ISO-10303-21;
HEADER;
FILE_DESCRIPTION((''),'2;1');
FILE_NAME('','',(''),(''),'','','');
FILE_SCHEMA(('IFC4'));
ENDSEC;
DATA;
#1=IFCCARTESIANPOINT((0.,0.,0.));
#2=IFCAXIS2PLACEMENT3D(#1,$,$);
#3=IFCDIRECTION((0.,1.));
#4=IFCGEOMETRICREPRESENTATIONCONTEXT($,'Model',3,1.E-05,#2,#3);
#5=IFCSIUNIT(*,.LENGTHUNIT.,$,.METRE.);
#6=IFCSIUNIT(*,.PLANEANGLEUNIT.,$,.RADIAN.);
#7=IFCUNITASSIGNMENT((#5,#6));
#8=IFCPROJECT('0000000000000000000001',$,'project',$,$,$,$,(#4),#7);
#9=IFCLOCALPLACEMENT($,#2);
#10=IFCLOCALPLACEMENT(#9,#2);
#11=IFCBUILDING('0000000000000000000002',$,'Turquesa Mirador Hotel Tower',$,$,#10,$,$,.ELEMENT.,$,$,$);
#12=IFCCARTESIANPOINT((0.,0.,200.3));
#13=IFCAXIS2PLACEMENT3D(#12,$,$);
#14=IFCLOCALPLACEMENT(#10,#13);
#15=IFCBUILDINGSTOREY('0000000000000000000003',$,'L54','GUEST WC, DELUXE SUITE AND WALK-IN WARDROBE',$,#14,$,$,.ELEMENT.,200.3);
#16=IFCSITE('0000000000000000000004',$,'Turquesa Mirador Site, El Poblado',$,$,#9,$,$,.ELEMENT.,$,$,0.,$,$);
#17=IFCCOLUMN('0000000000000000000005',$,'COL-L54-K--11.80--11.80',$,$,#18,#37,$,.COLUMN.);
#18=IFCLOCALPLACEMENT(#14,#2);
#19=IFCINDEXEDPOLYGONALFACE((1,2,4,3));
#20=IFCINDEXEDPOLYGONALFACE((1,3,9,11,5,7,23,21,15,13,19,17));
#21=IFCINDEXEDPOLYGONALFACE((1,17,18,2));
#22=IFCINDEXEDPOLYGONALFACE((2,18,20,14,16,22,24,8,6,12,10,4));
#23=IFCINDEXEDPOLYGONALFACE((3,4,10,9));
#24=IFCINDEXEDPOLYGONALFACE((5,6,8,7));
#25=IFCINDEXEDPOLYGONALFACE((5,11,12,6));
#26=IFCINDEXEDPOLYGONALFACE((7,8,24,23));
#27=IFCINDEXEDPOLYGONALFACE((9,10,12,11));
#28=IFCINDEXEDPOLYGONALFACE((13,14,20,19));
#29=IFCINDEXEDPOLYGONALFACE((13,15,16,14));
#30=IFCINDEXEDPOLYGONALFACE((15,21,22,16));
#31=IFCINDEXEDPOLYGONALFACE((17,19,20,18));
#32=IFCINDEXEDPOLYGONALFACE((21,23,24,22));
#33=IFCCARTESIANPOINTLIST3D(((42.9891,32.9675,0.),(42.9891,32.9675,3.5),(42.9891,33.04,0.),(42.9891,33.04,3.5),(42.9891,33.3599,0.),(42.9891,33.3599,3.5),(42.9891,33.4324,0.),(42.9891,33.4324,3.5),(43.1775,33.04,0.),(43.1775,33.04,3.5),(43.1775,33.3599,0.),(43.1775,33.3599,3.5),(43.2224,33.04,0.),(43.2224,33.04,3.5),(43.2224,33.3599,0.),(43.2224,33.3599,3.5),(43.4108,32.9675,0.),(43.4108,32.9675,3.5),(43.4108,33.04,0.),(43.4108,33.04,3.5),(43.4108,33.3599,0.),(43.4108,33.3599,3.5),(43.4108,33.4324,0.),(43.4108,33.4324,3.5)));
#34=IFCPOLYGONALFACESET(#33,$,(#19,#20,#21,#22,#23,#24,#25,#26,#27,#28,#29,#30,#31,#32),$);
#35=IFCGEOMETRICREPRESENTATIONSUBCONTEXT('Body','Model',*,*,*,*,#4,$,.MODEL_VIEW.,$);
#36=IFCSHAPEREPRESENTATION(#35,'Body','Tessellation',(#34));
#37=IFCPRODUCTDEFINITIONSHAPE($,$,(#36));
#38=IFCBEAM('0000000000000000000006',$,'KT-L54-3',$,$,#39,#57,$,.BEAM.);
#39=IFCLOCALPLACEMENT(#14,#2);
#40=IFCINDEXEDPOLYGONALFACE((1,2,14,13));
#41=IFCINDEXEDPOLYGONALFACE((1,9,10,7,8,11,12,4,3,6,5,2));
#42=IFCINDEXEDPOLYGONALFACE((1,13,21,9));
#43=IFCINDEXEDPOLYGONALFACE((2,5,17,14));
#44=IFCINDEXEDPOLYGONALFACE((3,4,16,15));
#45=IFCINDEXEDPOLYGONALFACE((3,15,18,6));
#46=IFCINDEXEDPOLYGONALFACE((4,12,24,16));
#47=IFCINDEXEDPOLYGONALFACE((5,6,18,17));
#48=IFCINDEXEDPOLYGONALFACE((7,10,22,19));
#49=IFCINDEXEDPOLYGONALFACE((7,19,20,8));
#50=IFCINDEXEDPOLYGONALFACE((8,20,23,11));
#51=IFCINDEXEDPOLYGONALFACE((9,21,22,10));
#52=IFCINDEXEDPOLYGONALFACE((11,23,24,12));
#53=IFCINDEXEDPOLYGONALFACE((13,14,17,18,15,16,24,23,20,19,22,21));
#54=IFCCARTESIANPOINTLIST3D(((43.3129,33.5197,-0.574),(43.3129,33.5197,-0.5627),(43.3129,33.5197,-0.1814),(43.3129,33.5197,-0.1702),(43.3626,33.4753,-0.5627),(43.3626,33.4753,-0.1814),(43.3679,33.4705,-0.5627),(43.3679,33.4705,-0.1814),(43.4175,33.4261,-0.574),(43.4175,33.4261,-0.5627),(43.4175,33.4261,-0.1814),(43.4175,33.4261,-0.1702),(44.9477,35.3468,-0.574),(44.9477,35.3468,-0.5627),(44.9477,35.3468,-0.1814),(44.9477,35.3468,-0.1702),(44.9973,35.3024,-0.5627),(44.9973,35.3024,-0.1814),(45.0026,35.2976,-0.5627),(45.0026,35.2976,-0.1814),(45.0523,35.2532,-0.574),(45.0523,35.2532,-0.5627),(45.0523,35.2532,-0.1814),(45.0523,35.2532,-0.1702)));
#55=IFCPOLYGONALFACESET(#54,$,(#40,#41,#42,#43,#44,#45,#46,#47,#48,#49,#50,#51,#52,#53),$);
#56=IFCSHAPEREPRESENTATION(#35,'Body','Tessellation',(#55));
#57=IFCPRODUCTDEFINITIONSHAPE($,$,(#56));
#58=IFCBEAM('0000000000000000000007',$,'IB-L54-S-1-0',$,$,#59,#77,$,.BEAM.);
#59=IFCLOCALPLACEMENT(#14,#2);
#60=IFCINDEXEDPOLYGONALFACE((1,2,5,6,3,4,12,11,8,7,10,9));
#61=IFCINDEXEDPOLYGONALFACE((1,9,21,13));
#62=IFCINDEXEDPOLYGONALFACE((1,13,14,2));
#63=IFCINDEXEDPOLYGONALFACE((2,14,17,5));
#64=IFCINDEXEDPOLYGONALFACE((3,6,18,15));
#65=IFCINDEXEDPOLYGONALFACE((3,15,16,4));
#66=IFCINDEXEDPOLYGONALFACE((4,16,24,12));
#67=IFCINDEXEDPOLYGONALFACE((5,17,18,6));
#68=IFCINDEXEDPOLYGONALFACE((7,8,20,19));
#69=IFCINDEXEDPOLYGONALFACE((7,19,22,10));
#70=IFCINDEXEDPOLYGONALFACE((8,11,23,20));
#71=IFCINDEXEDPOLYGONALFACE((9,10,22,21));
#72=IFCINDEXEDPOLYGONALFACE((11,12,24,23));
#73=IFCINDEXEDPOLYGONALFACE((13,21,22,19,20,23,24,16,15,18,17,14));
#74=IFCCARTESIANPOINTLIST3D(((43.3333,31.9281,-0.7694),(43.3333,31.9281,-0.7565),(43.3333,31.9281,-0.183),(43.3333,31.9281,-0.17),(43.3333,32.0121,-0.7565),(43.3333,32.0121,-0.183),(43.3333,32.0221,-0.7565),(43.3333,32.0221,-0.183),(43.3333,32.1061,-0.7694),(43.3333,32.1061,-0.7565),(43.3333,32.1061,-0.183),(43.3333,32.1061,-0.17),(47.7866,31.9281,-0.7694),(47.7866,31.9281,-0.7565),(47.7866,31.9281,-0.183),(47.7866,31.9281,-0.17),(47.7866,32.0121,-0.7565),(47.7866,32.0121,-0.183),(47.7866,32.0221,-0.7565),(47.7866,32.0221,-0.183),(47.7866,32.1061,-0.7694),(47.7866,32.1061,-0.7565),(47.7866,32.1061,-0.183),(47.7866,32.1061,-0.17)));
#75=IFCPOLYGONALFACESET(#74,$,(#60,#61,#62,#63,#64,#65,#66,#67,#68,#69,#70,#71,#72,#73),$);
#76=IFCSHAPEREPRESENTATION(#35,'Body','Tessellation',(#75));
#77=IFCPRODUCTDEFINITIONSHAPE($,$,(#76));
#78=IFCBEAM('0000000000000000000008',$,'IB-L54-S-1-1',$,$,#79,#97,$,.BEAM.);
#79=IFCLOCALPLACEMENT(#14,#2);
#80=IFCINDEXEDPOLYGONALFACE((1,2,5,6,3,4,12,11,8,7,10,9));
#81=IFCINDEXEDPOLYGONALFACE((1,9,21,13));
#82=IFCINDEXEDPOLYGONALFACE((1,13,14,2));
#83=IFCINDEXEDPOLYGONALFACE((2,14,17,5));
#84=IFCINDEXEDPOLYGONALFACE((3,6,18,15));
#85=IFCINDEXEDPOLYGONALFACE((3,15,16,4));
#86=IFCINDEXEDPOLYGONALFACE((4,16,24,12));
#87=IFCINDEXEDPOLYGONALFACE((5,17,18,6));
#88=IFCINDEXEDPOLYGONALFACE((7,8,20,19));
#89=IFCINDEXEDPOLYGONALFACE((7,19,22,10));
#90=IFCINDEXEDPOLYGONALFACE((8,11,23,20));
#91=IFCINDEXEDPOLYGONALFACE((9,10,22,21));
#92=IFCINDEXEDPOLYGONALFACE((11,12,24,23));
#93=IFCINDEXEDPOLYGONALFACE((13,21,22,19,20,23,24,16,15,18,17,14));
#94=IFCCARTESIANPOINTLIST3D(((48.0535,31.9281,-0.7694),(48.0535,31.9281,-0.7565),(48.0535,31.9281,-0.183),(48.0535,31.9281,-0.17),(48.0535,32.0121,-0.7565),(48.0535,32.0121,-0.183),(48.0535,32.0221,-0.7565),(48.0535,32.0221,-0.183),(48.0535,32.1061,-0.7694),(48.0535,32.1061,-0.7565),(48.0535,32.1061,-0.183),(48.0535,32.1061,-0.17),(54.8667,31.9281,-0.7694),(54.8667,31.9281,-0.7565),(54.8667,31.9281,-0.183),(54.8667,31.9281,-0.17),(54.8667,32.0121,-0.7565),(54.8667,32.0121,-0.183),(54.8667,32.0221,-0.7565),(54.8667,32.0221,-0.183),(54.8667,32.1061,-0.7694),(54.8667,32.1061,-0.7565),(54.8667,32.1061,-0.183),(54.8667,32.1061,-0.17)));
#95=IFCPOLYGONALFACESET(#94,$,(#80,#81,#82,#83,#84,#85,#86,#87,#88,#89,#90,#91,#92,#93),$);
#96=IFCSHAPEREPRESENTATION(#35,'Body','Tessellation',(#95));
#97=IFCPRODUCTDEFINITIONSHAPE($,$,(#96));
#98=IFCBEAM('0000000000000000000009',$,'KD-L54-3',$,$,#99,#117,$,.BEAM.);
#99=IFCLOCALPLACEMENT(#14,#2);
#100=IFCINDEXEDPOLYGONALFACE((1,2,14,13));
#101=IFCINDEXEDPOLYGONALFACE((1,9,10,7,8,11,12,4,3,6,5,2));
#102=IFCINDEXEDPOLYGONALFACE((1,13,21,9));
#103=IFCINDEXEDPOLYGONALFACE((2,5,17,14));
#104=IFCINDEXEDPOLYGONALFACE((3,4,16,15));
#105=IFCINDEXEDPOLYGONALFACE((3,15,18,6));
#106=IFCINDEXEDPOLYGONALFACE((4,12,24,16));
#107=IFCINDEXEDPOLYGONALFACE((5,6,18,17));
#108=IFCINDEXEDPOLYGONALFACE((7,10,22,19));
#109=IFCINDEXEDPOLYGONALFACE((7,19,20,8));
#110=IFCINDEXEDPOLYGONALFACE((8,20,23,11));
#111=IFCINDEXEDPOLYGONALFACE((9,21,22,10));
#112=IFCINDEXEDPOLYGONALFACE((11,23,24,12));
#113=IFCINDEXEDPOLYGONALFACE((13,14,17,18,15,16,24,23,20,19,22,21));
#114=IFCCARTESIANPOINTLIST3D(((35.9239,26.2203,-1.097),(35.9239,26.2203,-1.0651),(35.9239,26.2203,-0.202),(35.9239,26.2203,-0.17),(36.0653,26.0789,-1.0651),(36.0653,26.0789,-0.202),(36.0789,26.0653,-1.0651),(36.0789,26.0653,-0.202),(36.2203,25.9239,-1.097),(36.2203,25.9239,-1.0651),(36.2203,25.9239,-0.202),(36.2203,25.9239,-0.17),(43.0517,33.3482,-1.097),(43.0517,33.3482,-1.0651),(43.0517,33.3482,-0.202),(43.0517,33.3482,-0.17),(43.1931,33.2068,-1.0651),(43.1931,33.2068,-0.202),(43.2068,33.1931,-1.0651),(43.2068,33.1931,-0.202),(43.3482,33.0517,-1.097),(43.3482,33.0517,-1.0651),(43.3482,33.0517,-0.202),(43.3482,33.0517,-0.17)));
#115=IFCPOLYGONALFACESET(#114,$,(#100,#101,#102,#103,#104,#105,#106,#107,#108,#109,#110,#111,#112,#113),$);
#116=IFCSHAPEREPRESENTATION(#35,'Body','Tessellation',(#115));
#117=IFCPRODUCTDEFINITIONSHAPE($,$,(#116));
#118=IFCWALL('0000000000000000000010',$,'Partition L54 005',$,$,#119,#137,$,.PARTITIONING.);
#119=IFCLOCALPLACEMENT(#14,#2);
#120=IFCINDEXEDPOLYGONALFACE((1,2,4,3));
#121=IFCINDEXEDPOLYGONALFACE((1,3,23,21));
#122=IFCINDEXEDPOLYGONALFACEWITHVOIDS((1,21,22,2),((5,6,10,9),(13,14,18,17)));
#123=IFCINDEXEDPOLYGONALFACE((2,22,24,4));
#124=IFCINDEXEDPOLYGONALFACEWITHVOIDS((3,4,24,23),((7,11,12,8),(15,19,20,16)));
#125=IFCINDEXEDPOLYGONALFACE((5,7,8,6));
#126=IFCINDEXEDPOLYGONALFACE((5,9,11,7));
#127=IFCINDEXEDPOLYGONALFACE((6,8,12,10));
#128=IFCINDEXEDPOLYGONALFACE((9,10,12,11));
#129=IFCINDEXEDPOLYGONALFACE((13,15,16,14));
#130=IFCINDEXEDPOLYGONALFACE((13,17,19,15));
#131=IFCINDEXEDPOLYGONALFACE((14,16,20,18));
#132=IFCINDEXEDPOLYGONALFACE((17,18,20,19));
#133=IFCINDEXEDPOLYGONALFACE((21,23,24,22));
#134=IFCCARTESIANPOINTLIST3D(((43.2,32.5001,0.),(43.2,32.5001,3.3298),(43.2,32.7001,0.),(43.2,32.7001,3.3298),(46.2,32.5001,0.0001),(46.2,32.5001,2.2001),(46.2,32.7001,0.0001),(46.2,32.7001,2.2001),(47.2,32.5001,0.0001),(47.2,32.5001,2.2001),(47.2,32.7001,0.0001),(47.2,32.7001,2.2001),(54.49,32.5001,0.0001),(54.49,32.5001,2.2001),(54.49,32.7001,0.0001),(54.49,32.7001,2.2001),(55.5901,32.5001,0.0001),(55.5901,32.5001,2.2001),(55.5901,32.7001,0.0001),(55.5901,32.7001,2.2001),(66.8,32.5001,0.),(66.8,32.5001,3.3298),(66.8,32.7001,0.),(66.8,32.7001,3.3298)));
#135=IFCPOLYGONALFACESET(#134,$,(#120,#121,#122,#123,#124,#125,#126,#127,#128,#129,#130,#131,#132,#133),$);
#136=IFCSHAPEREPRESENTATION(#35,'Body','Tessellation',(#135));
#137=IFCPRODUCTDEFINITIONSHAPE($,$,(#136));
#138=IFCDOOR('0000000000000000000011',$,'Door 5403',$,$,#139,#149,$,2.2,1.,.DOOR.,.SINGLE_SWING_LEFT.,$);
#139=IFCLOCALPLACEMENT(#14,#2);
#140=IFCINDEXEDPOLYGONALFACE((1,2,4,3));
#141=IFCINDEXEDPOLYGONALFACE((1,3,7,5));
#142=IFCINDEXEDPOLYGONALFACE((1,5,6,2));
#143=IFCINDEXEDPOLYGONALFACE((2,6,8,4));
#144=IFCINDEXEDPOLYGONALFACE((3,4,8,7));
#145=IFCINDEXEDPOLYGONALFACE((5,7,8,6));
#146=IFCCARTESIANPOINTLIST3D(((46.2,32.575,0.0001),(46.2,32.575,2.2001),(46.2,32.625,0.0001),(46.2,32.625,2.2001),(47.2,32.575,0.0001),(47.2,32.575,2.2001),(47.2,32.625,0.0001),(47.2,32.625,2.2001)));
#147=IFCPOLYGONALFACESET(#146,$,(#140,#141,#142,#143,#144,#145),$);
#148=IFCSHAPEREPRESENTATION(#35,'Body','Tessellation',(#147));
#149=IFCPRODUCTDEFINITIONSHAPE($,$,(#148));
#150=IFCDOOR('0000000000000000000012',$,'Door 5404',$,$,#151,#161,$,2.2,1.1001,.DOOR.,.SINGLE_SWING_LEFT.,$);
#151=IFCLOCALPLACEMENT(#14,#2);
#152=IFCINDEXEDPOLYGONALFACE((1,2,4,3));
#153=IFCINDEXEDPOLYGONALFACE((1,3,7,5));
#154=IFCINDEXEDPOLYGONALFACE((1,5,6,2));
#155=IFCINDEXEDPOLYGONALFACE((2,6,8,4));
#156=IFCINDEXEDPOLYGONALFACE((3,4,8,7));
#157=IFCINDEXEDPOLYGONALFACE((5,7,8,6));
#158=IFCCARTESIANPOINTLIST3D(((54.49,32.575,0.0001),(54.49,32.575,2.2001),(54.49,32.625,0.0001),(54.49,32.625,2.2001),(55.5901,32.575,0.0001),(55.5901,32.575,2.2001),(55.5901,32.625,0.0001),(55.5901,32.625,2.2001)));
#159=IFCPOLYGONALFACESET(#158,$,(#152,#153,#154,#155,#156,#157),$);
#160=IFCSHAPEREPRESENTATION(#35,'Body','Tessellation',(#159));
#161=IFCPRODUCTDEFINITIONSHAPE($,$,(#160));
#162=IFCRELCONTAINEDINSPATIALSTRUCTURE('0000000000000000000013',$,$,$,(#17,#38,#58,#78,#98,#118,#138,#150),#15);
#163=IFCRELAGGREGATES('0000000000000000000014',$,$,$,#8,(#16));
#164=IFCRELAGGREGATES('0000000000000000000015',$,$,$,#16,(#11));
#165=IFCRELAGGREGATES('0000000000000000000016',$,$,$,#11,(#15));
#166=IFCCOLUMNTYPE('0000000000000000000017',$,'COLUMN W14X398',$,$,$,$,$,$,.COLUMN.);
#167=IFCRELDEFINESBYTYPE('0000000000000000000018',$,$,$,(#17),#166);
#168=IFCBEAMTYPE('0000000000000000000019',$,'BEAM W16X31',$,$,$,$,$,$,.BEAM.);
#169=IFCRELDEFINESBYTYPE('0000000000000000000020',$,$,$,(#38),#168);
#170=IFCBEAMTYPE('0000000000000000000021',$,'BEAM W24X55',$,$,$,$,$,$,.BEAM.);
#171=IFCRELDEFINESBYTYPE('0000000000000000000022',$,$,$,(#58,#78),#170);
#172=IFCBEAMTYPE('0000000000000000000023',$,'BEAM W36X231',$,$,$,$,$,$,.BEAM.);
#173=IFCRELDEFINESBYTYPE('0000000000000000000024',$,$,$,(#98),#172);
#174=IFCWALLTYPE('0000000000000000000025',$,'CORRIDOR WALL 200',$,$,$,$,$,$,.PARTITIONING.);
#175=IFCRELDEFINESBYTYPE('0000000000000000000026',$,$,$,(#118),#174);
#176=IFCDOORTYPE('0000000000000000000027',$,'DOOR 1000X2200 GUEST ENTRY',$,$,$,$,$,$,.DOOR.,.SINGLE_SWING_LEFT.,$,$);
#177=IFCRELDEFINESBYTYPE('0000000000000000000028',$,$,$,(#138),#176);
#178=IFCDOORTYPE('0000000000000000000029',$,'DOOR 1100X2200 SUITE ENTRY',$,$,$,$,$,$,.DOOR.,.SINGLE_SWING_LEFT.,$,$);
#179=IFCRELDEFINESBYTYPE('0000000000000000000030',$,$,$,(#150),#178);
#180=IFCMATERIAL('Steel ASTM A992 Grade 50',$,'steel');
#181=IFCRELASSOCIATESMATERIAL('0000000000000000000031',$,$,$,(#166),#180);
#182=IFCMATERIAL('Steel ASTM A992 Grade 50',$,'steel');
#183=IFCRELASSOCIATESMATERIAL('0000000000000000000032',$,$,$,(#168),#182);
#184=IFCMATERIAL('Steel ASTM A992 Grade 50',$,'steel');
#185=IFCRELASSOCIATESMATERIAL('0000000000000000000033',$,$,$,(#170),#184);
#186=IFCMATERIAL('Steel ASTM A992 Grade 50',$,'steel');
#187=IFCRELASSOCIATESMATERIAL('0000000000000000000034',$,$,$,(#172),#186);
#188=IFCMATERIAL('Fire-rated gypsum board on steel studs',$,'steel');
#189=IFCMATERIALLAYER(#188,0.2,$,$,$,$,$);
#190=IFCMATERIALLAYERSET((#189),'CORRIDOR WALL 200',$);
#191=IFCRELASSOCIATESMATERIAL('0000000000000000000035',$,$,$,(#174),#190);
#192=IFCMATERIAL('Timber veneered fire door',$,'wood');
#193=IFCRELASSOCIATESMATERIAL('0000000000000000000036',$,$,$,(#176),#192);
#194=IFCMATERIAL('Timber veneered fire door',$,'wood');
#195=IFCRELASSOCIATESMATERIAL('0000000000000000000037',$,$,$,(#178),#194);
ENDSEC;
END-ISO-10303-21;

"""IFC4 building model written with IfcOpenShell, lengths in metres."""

from ifc_helpers import new_model, si_unit, direction, frame, frame_2d, origin, origin_2d, place, context, subcontext, project, spatial, rectangle, i_section, extrude, material, layer, layer_set, material_profile, profile_set, type_object, element, fill, save


model = new_model("IFC4")

# Units and contexts
model_context = context("Model", 3, precision=1e-05, world=origin(), true_north=direction((0.0, 1.0)))
body_context = subcontext(model_context, "Body", "Model", "MODEL_VIEW")
ifc_project = project(units=[si_unit("LENGTHUNIT", "METRE"), si_unit("PLANEANGLEUNIT", "RADIAN")], contexts=[model_context])

# Site, building, storey
site_placement = place(None, origin())
site = spatial("IfcSite", under=ifc_project, at=site_placement, Name="Turquesa Mirador Site, El Poblado", CompositionType="ELEMENT", RefElevation=0.0)
building_placement = place(site_placement, origin())
building = spatial("IfcBuilding", under=site, at=building_placement, Name="Turquesa Mirador Hotel Tower", CompositionType="ELEMENT")
storey_placement = place(building_placement, frame((0.0, 0.0, 200.3)))
storey = spatial("IfcBuildingStorey", under=building, at=storey_placement, Name="L54", Description="GUEST WC, DELUXE SUITE AND WALK-IN WARDROBE", CompositionType="ELEMENT", Elevation=200.3)

# Column
ifc_material_1 = material(Name="Steel ASTM A992 Grade 50", Category="steel")
ifc_material_profile_1 = material_profile(ifc_material_1, i_section(OverallWidth=0.4216, OverallDepth=0.4648, WebThickness=0.0449, FlangeThickness=0.0725, at=origin_2d()), Name="W14X398")
ifc_profile_set_1 = profile_set([ifc_material_profile_1], Name="Steel ASTM A992 Grade 50")
column_type = type_object("IfcColumnType", Name="COLUMN W14X398", PredefinedType="COLUMN", material=ifc_profile_set_1)
column_placement = place(storey_placement, frame((43.2, 33.2, 0.0), z_axis=(0.0, 0.0, 1.0), x_axis=(1.0, 0.0, 0.0)))
element("IfcColumn", 1, at=column_placement, inside=storey, type_object=column_type, Name="COL-L54-K--11.80--11.80", PredefinedType="COLUMN", context=body_context, shape_type="SweptSolid", body=[
    extrude(i_section(OverallWidth=0.4216, OverallDepth=0.4648, WebThickness=0.0449, FlangeThickness=0.0725, at=origin_2d()), origin(), (0.0, 0.0, 1.0), 3.5),
])

# Beams
ifc_material_2 = material(Name="Steel ASTM A992 Grade 50", Category="steel")
ifc_material_profile_2 = material_profile(ifc_material_2, i_section(OverallWidth=0.1404, OverallDepth=0.4038, WebThickness=0.0071, FlangeThickness=0.0112, at=origin_2d()), Name="W16X31")
ifc_profile_set_2 = profile_set([ifc_material_profile_2], Name="Steel ASTM A992 Grade 50")
beam_type_1 = type_object("IfcBeamType", Name="BEAM W16X31", PredefinedType="BEAM", material=ifc_profile_set_2)
beam_1_placement = place(storey_placement, frame((43.3652, 33.4729, -0.3721), z_axis=(0.666783, 0.745252, 0.0), x_axis=(-0.745252, 0.666783, 0.0)))
element("IfcBeam", 2, at=beam_1_placement, inside=storey, type_object=beam_type_1, Name="KT-L54-3", PredefinedType="BEAM", context=body_context, shape_type="SweptSolid", body=[
    extrude(i_section(OverallWidth=0.1404, OverallDepth=0.4038, WebThickness=0.0071, FlangeThickness=0.0112, at=origin_2d()), origin(), (0.0, 0.0, 1.0), 2.4517),
])
ifc_material_3 = material(Name="Steel ASTM A992 Grade 50", Category="steel")
ifc_material_profile_3 = material_profile(ifc_material_3, i_section(OverallWidth=0.178, OverallDepth=0.5994, WebThickness=0.01, FlangeThickness=0.0129, at=origin_2d()), Name="W24X55")
ifc_profile_set_3 = profile_set([ifc_material_profile_3], Name="Steel ASTM A992 Grade 50")
beam_type_2 = type_object("IfcBeamType", Name="BEAM W24X55", PredefinedType="BEAM", material=ifc_profile_set_3)
beam_2_placement = place(storey_placement, frame((43.3333, 32.0171, -0.4697), z_axis=(1.0, 0.0, 0.0), x_axis=(0.0, 1.0, 0.0)))
element("IfcBeam", 3, at=beam_2_placement, inside=storey, type_object=beam_type_2, Name="IB-L54-S-1-0", PredefinedType="BEAM", context=body_context, shape_type="SweptSolid", body=[
    extrude(i_section(OverallWidth=0.178, OverallDepth=0.5994, WebThickness=0.01, FlangeThickness=0.0129, at=origin_2d()), origin(), (0.0, 0.0, 1.0), 4.4534),
])
beam_3_placement = place(storey_placement, frame((48.0535, 32.0171, -0.4697), z_axis=(1.0, 0.0, 0.0), x_axis=(0.0, 1.0, 0.0)))
element("IfcBeam", 4, at=beam_3_placement, inside=storey, type_object=beam_type_2, Name="IB-L54-S-1-1", PredefinedType="BEAM", context=body_context, shape_type="SweptSolid", body=[
    extrude(i_section(OverallWidth=0.178, OverallDepth=0.5994, WebThickness=0.01, FlangeThickness=0.0129, at=origin_2d()), origin(), (0.0, 0.0, 1.0), 6.8132),
])
ifc_material_4 = material(Name="Steel ASTM A992 Grade 50", Category="steel")
ifc_material_profile_4 = material_profile(ifc_material_4, i_section(OverallWidth=0.4192, OverallDepth=0.927, WebThickness=0.0193, FlangeThickness=0.032, at=origin_2d()), Name="W36X231")
ifc_profile_set_4 = profile_set([ifc_material_profile_4], Name="Steel ASTM A992 Grade 50")
beam_type_3 = type_object("IfcBeamType", Name="BEAM W36X231", PredefinedType="BEAM", material=ifc_profile_set_4)
beam_4_placement = place(storey_placement, frame((43.2, 33.2, -0.6335), z_axis=(-0.707107, -0.707107, 0.0), x_axis=(0.707107, -0.707107, 0.0)))
element("IfcBeam", 5, at=beam_4_placement, inside=storey, type_object=beam_type_3, Name="KD-L54-3", PredefinedType="BEAM", context=body_context, shape_type="SweptSolid", body=[
    extrude(i_section(OverallWidth=0.4192, OverallDepth=0.927, WebThickness=0.0193, FlangeThickness=0.032, at=origin_2d()), origin(), (0.0, 0.0, 1.0), 10.0803),
])

# Wall, openings, doors
ifc_material_5 = material(Name="Fire-rated gypsum board on steel studs", Category="steel")
ifc_layer = layer(ifc_material_5, 0.2)
ifc_layer_set = layer_set([ifc_layer], Name="CORRIDOR WALL 200")
wall_type = type_object("IfcWallType", Name="CORRIDOR WALL 200", PredefinedType="PARTITIONING", material=ifc_layer_set)
wall_1_placement = place(storey_placement, frame((43.2, 32.6001, 0.0), z_axis=(0.0, 0.0, 1.0), x_axis=(1.0, 0.0, 0.0)))
wall_1 = element("IfcWall", 6, at=wall_1_placement, inside=storey, type_object=wall_type, Name="Partition L54 005", PredefinedType="PARTITIONING", context=body_context, shape_type="SweptSolid", body=[
    extrude(rectangle(XDim=23.6001, YDim=0.2, at=frame_2d((11.8, 0.0))), origin(), (0.0, 0.0, 1.0), 3.3298),
])
opening_1_placement = place(wall_1_placement, frame((3.0, 0.0, 0.0)))
opening_1 = element("IfcOpeningElement", 7, at=opening_1_placement, cuts=wall_1, PredefinedType="OPENING", context=body_context, shape_type="SweptSolid", body=[
    extrude(rectangle(XDim=1.0, YDim=2.2, at=frame_2d((0.5, 1.1001))), frame((0.0, 0.1099, 0.0), z_axis=(0.0, -1.0, 0.0), x_axis=(1.0, 0.0, 0.0)), (0.0, 0.0, 1.0), 0.22),
])
opening_2_placement = place(wall_1_placement, frame((11.29, 0.0, 0.0)))
opening_2 = element("IfcOpeningElement", 8, at=opening_2_placement, cuts=wall_1, PredefinedType="OPENING", context=body_context, shape_type="SweptSolid", body=[
    extrude(rectangle(XDim=1.1001, YDim=2.2, at=frame_2d((0.55, 1.1001))), frame((0.0, 0.1099, 0.0), z_axis=(0.0, -1.0, 0.0), x_axis=(1.0, 0.0, 0.0)), (0.0, 0.0, 1.0), 0.22),
])
ifc_material_6 = material(Name="Timber veneered fire door", Category="wood")
door_type_1 = type_object("IfcDoorType", Name="DOOR 1000X2200 GUEST ENTRY", OperationType="SINGLE_SWING_LEFT", PredefinedType="DOOR", material=ifc_material_6)
door_1_placement = place(opening_1_placement, origin())
door_1 = element("IfcDoor", 9, at=door_1_placement, inside=storey, type_object=door_type_1, Name="Door 5403", OperationType="SINGLE_SWING_LEFT", OverallHeight=2.2, OverallWidth=1.0, PredefinedType="DOOR", context=body_context, shape_type="SweptSolid", body=[
    extrude(rectangle(XDim=1.0, YDim=2.2, at=frame_2d((0.5, 1.1001))), frame((0.0, 0.0249, 0.0), z_axis=(0.0, -1.0, 0.0), x_axis=(1.0, 0.0, 0.0)), (0.0, 0.0, 1.0), 0.05),
])
fill(opening_1, door_1)
ifc_material_7 = material(Name="Timber veneered fire door", Category="wood")
door_type_2 = type_object("IfcDoorType", Name="DOOR 1100X2200 SUITE ENTRY", OperationType="SINGLE_SWING_LEFT", PredefinedType="DOOR", material=ifc_material_7)
door_2_placement = place(opening_2_placement, origin())
door_2 = element("IfcDoor", 10, at=door_2_placement, inside=storey, type_object=door_type_2, Name="Door 5404", OperationType="SINGLE_SWING_LEFT", OverallHeight=2.2, OverallWidth=1.1001, PredefinedType="DOOR", context=body_context, shape_type="SweptSolid", body=[
    extrude(rectangle(XDim=1.1001, YDim=2.2, at=frame_2d((0.55, 1.1001))), frame((0.0, 0.0249, 0.0), z_axis=(0.0, -1.0, 0.0), x_axis=(1.0, 0.0, 0.0)), (0.0, 0.0, 1.0), 0.05),
])
fill(opening_2, door_2)

save(model, "model.ifc")
